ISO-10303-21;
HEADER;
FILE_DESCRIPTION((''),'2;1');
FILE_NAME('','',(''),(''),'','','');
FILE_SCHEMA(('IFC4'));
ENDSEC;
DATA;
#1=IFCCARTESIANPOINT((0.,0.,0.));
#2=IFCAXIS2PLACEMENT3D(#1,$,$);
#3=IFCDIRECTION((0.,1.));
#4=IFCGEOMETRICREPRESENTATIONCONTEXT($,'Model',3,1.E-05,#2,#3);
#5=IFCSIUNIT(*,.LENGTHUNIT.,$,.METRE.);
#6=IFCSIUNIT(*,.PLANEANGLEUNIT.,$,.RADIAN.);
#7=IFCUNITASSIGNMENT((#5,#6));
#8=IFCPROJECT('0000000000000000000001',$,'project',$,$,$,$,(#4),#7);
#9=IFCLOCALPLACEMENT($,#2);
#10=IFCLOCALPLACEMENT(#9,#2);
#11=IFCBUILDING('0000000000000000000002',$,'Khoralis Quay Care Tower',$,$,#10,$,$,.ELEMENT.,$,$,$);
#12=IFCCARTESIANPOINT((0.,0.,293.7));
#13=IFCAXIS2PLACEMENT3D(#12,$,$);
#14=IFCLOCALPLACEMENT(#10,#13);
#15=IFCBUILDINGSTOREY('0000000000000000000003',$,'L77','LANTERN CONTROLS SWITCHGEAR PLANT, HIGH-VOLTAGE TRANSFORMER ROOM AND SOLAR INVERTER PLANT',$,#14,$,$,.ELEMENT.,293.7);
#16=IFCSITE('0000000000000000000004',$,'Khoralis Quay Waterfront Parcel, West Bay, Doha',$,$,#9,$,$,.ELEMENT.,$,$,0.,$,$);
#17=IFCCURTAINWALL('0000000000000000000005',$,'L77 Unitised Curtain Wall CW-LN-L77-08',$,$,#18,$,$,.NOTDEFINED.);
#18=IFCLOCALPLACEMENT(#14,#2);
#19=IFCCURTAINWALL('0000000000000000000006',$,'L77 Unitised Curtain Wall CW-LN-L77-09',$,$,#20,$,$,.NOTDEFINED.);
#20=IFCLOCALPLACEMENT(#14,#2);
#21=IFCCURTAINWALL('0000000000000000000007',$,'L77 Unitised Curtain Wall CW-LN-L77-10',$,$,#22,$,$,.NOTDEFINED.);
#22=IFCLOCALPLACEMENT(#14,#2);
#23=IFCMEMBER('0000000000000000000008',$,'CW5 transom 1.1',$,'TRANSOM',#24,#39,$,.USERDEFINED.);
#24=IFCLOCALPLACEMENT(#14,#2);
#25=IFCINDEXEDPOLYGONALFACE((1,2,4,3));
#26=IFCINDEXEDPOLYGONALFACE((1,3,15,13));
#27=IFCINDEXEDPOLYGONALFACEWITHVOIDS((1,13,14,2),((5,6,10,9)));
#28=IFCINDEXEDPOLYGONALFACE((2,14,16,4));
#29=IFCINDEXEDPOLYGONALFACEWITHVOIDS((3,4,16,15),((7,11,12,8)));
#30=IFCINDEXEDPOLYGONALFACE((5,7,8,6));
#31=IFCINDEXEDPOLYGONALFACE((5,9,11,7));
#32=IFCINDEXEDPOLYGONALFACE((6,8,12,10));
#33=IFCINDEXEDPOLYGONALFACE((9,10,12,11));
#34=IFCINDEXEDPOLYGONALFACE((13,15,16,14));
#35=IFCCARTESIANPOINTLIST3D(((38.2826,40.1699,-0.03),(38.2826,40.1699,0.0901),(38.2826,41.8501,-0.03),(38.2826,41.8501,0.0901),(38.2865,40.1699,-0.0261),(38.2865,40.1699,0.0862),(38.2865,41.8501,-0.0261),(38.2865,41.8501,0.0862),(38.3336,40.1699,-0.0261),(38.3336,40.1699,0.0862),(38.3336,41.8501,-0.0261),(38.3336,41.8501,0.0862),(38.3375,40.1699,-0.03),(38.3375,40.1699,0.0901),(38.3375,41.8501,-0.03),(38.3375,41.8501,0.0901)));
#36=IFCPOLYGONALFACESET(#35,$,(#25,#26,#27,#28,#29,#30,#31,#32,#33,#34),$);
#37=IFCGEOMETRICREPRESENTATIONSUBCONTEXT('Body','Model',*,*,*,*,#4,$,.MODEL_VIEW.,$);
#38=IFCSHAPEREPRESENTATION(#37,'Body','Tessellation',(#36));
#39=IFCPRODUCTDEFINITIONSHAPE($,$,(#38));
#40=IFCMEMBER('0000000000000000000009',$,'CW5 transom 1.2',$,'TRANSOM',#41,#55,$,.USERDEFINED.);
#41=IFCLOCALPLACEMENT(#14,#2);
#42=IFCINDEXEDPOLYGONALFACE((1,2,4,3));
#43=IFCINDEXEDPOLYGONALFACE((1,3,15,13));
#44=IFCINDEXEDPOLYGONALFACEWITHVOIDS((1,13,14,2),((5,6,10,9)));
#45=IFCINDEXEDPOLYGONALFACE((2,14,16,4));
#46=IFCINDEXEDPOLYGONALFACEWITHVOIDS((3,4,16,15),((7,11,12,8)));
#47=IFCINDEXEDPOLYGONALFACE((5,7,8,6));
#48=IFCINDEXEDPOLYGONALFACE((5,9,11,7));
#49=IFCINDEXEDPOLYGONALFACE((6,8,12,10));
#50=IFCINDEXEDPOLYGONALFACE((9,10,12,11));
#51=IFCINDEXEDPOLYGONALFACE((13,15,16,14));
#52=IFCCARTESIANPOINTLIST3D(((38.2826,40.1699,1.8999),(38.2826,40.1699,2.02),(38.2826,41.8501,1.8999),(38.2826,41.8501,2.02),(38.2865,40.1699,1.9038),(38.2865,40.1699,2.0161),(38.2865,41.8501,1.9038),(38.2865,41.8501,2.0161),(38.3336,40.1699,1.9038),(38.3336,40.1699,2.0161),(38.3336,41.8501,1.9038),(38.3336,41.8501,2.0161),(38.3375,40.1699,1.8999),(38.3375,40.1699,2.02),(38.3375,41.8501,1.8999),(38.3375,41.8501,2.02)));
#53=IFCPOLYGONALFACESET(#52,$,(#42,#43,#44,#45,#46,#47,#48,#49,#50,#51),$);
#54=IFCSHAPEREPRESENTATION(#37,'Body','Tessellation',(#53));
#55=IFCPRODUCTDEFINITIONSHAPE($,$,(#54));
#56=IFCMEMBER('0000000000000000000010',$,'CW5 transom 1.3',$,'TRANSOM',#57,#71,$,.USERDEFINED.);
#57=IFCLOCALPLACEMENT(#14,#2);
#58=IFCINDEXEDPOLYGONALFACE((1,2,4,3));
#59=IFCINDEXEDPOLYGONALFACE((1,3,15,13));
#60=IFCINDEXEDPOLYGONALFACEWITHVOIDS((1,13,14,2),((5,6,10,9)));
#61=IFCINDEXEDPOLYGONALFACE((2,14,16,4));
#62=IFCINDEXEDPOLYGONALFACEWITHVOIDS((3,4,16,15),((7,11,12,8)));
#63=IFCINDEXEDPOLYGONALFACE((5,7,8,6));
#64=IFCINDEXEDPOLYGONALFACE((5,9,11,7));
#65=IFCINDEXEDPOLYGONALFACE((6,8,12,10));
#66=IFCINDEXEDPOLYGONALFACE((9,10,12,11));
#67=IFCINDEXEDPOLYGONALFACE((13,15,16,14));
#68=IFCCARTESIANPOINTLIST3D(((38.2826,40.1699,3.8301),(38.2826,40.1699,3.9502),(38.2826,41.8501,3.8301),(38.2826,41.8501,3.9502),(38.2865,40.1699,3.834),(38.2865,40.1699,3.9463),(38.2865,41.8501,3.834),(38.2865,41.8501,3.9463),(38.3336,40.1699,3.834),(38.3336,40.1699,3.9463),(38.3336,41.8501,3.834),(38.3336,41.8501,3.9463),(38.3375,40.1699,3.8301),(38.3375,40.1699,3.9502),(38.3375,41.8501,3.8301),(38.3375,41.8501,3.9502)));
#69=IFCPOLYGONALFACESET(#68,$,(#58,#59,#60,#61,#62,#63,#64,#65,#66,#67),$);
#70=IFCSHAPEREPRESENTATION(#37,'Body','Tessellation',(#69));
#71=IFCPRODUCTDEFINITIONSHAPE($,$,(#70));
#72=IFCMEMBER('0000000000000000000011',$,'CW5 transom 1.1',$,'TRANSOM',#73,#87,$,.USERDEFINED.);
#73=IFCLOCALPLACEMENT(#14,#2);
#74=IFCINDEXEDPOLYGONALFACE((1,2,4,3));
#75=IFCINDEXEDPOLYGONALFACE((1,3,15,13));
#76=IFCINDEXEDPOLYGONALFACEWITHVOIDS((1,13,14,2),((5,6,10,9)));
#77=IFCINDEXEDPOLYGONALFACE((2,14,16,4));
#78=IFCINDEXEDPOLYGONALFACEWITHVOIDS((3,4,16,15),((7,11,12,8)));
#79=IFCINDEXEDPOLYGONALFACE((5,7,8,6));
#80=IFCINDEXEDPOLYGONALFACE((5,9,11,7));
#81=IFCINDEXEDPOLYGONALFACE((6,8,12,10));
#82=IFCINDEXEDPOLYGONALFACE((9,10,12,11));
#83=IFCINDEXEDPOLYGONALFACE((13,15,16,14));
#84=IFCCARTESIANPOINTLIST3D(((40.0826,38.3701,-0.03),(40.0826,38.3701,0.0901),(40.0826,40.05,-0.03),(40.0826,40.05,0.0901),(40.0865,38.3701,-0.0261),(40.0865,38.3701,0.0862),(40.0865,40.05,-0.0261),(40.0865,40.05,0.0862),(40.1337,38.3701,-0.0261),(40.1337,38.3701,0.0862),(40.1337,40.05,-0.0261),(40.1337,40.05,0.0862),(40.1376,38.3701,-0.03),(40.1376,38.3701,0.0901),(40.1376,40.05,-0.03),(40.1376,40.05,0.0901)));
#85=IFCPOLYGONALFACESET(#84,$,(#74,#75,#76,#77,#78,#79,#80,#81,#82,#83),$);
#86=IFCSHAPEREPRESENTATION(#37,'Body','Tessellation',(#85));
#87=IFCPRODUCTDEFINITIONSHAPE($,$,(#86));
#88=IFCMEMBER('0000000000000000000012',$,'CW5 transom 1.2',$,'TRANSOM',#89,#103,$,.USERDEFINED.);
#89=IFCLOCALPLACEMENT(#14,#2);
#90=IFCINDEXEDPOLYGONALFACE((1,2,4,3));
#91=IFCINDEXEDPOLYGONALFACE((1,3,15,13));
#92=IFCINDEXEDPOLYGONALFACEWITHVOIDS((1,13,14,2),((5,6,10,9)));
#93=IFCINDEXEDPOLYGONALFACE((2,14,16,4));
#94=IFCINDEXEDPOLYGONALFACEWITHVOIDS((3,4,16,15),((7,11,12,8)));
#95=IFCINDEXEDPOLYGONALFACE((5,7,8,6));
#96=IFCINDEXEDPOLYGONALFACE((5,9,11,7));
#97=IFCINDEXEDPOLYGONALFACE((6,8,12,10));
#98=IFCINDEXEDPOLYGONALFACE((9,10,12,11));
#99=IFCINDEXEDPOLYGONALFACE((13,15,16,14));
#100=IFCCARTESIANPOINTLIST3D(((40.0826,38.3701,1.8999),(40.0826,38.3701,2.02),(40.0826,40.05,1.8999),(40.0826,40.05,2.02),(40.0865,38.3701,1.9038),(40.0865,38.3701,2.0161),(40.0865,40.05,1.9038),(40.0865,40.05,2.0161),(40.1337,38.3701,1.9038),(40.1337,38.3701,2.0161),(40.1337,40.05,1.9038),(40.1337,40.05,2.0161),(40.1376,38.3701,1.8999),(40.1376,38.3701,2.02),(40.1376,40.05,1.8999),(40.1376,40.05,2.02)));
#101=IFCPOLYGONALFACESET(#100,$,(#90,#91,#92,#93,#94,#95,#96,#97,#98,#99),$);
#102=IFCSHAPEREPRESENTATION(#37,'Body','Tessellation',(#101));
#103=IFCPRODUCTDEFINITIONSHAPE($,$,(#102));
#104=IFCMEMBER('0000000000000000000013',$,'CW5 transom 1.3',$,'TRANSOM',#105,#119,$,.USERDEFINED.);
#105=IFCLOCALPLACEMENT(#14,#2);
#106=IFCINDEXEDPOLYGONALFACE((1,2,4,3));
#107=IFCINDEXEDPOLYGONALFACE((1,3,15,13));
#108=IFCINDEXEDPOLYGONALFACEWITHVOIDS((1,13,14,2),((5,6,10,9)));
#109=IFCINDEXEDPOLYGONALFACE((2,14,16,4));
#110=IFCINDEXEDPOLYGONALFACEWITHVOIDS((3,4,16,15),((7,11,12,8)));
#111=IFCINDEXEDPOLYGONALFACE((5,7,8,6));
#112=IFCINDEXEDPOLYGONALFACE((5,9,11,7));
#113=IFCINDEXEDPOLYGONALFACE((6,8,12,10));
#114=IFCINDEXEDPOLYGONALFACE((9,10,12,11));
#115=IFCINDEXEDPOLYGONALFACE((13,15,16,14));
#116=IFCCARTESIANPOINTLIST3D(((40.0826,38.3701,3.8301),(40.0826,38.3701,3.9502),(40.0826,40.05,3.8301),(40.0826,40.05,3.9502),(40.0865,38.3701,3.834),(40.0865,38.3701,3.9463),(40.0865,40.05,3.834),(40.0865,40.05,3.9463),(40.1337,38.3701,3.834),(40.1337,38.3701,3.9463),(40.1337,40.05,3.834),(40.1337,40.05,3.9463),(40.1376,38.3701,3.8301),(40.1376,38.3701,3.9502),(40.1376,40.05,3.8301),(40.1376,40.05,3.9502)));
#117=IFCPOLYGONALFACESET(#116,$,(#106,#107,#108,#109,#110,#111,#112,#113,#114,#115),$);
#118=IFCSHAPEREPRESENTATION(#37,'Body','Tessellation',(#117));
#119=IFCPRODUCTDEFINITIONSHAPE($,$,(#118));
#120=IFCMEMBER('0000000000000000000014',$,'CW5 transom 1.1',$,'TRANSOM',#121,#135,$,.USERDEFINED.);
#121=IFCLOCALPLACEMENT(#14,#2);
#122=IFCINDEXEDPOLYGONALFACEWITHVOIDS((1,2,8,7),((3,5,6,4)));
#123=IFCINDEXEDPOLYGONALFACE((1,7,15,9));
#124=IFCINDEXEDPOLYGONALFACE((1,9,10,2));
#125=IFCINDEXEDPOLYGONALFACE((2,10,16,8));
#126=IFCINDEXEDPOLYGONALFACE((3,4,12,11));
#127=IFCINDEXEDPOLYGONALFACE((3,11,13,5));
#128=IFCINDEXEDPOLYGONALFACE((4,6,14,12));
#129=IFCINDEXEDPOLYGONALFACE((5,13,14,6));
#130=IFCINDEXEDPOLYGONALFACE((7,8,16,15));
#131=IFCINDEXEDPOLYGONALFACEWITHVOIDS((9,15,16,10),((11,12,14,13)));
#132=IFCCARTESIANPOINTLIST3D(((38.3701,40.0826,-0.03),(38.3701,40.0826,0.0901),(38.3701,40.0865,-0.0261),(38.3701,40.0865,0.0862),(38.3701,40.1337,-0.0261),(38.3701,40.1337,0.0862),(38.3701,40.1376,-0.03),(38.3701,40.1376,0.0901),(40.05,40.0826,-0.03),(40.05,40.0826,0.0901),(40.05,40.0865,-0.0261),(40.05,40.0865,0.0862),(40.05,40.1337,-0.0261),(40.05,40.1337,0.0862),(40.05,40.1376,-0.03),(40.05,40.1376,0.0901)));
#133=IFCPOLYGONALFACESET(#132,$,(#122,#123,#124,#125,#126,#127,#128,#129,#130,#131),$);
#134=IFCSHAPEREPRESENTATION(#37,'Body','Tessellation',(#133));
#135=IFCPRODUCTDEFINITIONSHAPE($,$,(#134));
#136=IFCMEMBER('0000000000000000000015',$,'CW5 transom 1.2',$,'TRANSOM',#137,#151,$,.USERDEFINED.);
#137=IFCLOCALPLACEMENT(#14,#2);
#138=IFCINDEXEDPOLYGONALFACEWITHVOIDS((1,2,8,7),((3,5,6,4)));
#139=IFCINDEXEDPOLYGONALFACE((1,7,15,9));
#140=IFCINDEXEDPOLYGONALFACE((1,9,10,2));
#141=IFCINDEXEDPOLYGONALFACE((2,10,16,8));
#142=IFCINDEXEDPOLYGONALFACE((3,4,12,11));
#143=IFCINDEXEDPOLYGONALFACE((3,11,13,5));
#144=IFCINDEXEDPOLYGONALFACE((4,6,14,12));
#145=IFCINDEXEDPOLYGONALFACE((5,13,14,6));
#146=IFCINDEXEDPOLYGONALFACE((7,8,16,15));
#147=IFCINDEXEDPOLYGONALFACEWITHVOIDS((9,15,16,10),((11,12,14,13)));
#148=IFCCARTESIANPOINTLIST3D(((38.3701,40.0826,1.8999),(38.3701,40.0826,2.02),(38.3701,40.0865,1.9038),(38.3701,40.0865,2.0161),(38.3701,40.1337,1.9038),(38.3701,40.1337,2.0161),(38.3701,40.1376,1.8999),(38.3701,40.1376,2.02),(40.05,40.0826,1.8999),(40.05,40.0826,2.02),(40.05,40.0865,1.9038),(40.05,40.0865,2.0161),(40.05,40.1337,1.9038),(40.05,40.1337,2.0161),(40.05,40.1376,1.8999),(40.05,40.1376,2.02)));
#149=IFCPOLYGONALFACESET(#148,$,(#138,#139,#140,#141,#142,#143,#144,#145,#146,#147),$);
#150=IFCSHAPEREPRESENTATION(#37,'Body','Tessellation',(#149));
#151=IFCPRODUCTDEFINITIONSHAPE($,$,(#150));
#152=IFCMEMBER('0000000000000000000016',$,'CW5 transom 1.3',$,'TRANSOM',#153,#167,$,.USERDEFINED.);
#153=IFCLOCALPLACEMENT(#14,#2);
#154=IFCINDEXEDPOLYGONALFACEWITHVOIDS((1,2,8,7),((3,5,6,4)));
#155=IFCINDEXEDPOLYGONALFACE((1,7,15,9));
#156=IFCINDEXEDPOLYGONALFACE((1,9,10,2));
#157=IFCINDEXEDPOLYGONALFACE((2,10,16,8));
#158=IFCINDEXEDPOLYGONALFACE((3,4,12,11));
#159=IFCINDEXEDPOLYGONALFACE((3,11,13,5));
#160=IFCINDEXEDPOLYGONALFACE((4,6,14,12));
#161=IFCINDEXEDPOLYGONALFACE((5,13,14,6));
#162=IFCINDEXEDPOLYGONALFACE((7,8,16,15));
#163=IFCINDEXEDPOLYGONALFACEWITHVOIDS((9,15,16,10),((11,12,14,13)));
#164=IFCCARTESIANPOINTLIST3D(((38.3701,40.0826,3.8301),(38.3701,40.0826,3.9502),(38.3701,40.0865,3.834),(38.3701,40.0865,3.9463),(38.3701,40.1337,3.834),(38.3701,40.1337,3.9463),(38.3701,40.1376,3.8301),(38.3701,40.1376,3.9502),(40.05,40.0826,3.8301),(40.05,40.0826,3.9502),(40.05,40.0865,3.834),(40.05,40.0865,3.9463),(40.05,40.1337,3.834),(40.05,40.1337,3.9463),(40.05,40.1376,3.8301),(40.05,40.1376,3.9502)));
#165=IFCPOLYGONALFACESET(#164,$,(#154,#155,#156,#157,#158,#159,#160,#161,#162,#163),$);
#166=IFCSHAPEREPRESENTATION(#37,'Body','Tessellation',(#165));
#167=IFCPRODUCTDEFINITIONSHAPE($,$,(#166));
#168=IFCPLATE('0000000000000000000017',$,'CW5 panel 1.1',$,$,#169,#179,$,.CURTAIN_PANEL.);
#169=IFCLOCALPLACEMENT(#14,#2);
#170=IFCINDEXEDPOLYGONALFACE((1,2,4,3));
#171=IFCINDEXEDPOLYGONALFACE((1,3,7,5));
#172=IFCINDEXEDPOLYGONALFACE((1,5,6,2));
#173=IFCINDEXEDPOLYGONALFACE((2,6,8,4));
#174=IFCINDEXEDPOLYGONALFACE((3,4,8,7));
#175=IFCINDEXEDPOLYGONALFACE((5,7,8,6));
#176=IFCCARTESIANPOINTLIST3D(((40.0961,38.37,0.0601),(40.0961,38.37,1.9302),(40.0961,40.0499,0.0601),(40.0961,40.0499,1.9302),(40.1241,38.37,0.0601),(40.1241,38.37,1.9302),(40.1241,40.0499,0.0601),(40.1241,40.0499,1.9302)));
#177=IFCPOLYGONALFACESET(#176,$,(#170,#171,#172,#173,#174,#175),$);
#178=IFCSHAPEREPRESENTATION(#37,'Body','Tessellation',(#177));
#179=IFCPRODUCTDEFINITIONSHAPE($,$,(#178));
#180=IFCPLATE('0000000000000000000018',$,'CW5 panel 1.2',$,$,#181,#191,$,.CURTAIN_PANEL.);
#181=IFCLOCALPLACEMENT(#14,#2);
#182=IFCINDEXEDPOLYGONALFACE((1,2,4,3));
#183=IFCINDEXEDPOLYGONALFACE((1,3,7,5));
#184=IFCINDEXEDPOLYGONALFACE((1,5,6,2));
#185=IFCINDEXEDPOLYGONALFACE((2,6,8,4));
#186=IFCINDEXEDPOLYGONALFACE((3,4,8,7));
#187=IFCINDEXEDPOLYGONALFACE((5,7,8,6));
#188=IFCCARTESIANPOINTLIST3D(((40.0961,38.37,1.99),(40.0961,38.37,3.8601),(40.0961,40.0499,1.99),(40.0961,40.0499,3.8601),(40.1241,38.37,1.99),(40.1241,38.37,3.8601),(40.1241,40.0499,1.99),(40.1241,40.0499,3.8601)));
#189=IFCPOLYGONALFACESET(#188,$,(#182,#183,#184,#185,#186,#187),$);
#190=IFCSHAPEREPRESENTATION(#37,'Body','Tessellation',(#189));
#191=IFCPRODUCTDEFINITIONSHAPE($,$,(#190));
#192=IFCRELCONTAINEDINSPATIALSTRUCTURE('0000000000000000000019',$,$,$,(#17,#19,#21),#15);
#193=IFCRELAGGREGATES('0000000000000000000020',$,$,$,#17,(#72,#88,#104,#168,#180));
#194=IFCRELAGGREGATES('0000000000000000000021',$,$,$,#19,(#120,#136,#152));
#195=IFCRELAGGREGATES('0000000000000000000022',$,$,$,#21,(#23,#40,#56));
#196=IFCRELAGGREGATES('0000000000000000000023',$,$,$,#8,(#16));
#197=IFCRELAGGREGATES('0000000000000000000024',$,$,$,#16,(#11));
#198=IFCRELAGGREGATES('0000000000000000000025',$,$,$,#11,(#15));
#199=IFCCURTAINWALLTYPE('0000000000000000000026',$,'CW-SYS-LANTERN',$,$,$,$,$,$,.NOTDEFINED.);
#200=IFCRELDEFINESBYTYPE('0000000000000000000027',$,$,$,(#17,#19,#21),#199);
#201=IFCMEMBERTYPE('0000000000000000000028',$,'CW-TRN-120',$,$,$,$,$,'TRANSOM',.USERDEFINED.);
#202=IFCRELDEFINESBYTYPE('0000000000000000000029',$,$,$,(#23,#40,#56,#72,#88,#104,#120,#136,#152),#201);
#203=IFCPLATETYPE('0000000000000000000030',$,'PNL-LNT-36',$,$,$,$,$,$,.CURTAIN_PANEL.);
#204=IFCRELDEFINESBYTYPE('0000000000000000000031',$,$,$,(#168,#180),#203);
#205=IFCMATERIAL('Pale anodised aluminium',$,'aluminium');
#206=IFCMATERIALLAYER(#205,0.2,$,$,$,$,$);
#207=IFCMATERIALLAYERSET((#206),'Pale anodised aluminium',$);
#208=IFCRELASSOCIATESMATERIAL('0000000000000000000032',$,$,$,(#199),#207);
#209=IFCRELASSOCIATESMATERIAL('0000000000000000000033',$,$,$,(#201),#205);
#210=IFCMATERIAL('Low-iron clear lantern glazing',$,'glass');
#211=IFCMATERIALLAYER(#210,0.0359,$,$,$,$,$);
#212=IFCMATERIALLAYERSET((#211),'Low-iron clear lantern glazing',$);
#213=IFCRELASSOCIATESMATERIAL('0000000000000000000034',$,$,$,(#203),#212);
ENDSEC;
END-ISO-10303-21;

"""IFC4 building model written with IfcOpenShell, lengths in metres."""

from ifc_helpers import new_model, si_unit, direction, frame, origin, origin_2d, place, context, subcontext, project, spatial, rectangle, hollow_rectangle, extrude, source, transform, mapped, material, layer, layer_set, material_profile, profile_set, type_object, element, aggregate, save


model = new_model("IFC4")

# Units and contexts
model_context = context("Model", 3, precision=1e-05, world=origin(), true_north=direction((0.0, 1.0)))
body_context = subcontext(model_context, "Body", "Model", "MODEL_VIEW")
ifc_project = project(units=[si_unit("LENGTHUNIT", "METRE"), si_unit("PLANEANGLEUNIT", "RADIAN")], contexts=[model_context])

# Site, building, storey
site_placement = place(None, origin())
site = spatial("IfcSite", under=ifc_project, at=site_placement, Name="Khoralis Quay Waterfront Parcel, West Bay, Doha", CompositionType="ELEMENT", RefElevation=0.0)
building_placement = place(site_placement, origin())
building = spatial("IfcBuilding", under=site, at=building_placement, Name="Khoralis Quay Care Tower", CompositionType="ELEMENT")
storey_placement = place(building_placement, frame((0.0, 0.0, 293.7)))
storey = spatial("IfcBuildingStorey", under=building, at=storey_placement, Name="L77", Description="LANTERN CONTROLS SWITCHGEAR PLANT, HIGH-VOLTAGE TRANSFORMER ROOM AND SOLAR INVERTER PLANT", CompositionType="ELEMENT", Elevation=293.7)

# Shared definitions
ifc_material_1 = material(Name="Pale anodised aluminium", Category="aluminium")
ifc_layer_1 = layer(ifc_material_1, 0.2)
ifc_layer_set_1 = layer_set([ifc_layer_1], Name="Pale anodised aluminium")
curtain_wall_type = type_object("IfcCurtainWallType", Name="CW-SYS-LANTERN", PredefinedType="NOTDEFINED", material=ifc_layer_set_1)

# Curtain walls
curtain_wall_1_placement = place(storey_placement, origin())
curtain_wall_1 = element("IfcCurtainWall", 1, at=curtain_wall_1_placement, inside=storey, type_object=curtain_wall_type, Name="L77 Unitised Curtain Wall CW-LN-L77-08", PredefinedType="NOTDEFINED")
curtain_wall_2_placement = place(storey_placement, origin())
curtain_wall_2 = element("IfcCurtainWall", 2, at=curtain_wall_2_placement, inside=storey, type_object=curtain_wall_type, Name="L77 Unitised Curtain Wall CW-LN-L77-09", PredefinedType="NOTDEFINED")
curtain_wall_3_placement = place(storey_placement, origin())
curtain_wall_3 = element("IfcCurtainWall", 3, at=curtain_wall_3_placement, inside=storey, type_object=curtain_wall_type, Name="L77 Unitised Curtain Wall CW-LN-L77-10", PredefinedType="NOTDEFINED")

# Members
ifc_material_profile_1 = material_profile(ifc_material_1, hollow_rectangle(XDim=0.0549, YDim=0.1201, WallThickness=0.0039, at=origin_2d()), Name="Pale anodised aluminium")
ifc_profile_set_1 = profile_set([ifc_material_profile_1], Name="Pale anodised aluminium")
member_type_1 = type_object("IfcMemberType", Name="CW-TRN-120", ElementType="TRANSOM", PredefinedType="USERDEFINED", material=ifc_profile_set_1)
shared_shape_1 = source(origin(), body_context, "Body", "SweptSolid", [
    extrude(hollow_rectangle(XDim=0.0549, YDim=0.1201, WallThickness=0.0039, at=origin_2d()), origin(), (0.0, 0.0, 1.0), 1.6802),
])
member_1_placement = place(storey_placement, frame((38.3101, 40.1699, 0.03), z_axis=(0.0, 1.0, 0.0), x_axis=(-1.0, 0.0, 0.0)))
member_1 = element("IfcMember", 4, at=member_1_placement, type_object=member_type_1, Name="CW5 transom 1.1", ObjectType="TRANSOM", PredefinedType="USERDEFINED", context=body_context, shape_type="MappedRepresentation", body=[
    mapped(shared_shape_1, transform((0.0, 0.0, 0.0), scale=1.0)),
])
member_2_placement = place(storey_placement, frame((38.3101, 40.1699, 1.96), z_axis=(0.0, 1.0, 0.0), x_axis=(-1.0, 0.0, 0.0)))
member_2 = element("IfcMember", 5, at=member_2_placement, type_object=member_type_1, Name="CW5 transom 1.2", ObjectType="TRANSOM", PredefinedType="USERDEFINED", context=body_context, shape_type="MappedRepresentation", body=[
    mapped(shared_shape_1, transform((0.0, 0.0, 0.0), scale=1.0)),
])
member_3_placement = place(storey_placement, frame((38.3101, 40.1699, 3.8901), z_axis=(0.0, 1.0, 0.0), x_axis=(-1.0, 0.0, 0.0)))
member_3 = element("IfcMember", 6, at=member_3_placement, type_object=member_type_1, Name="CW5 transom 1.3", ObjectType="TRANSOM", PredefinedType="USERDEFINED", context=body_context, shape_type="MappedRepresentation", body=[
    mapped(shared_shape_1, transform((0.0, 0.0, 0.0), scale=1.0)),
])
shared_shape_2 = source(origin(), body_context, "Body", "SweptSolid", [
    extrude(hollow_rectangle(XDim=0.0549, YDim=0.1201, WallThickness=0.0039, at=origin_2d()), origin(), (0.0, 0.0, 1.0), 1.6799),
])
member_4_placement = place(storey_placement, frame((40.1101, 38.3701, 0.03), z_axis=(0.0, 1.0, 0.0), x_axis=(-1.0, 0.0, 0.0)))
member_4 = element("IfcMember", 7, at=member_4_placement, type_object=member_type_1, Name="CW5 transom 1.1", ObjectType="TRANSOM", PredefinedType="USERDEFINED", context=body_context, shape_type="MappedRepresentation", body=[
    mapped(shared_shape_2, transform((0.0, 0.0, 0.0), scale=1.0)),
])
member_5_placement = place(storey_placement, frame((40.1101, 38.3701, 1.96), z_axis=(0.0, 1.0, 0.0), x_axis=(-1.0, 0.0, 0.0)))
member_5 = element("IfcMember", 8, at=member_5_placement, type_object=member_type_1, Name="CW5 transom 1.2", ObjectType="TRANSOM", PredefinedType="USERDEFINED", context=body_context, shape_type="MappedRepresentation", body=[
    mapped(shared_shape_2, transform((0.0, 0.0, 0.0), scale=1.0)),
])
member_6_placement = place(storey_placement, frame((40.1101, 38.3701, 3.8901), z_axis=(0.0, 1.0, 0.0), x_axis=(-1.0, 0.0, 0.0)))
member_6 = element("IfcMember", 9, at=member_6_placement, type_object=member_type_1, Name="CW5 transom 1.3", ObjectType="TRANSOM", PredefinedType="USERDEFINED", context=body_context, shape_type="MappedRepresentation", body=[
    mapped(shared_shape_2, transform((0.0, 0.0, 0.0), scale=1.0)),
])
member_7_placement = place(storey_placement, frame((40.05, 40.1101, 0.03), z_axis=(-1.0, 0.0, 0.0), x_axis=(0.0, -1.0, 0.0)))
member_7 = element("IfcMember", 10, at=member_7_placement, type_object=member_type_1, Name="CW5 transom 1.1", ObjectType="TRANSOM", PredefinedType="USERDEFINED", context=body_context, shape_type="MappedRepresentation", body=[
    mapped(shared_shape_2, transform((0.0, 0.0, 0.0), scale=1.0)),
])
member_8_placement = place(storey_placement, frame((40.05, 40.1101, 1.96), z_axis=(-1.0, 0.0, 0.0), x_axis=(0.0, -1.0, 0.0)))
member_8 = element("IfcMember", 11, at=member_8_placement, type_object=member_type_1, Name="CW5 transom 1.2", ObjectType="TRANSOM", PredefinedType="USERDEFINED", context=body_context, shape_type="MappedRepresentation", body=[
    mapped(shared_shape_2, transform((0.0, 0.0, 0.0), scale=1.0)),
])
member_9_placement = place(storey_placement, frame((40.05, 40.1101, 3.8901), z_axis=(-1.0, 0.0, 0.0), x_axis=(0.0, -1.0, 0.0)))
member_9 = element("IfcMember", 12, at=member_9_placement, type_object=member_type_1, Name="CW5 transom 1.3", ObjectType="TRANSOM", PredefinedType="USERDEFINED", context=body_context, shape_type="MappedRepresentation", body=[
    mapped(shared_shape_2, transform((0.0, 0.0, 0.0), scale=1.0)),
])

# Plates
ifc_material_2 = material(Name="Low-iron clear lantern glazing", Category="glass")
ifc_layer_2 = layer(ifc_material_2, 0.0359)
ifc_layer_set_2 = layer_set([ifc_layer_2], Name="Low-iron clear lantern glazing")
plate_type = type_object("IfcPlateType", Name="PNL-LNT-36", PredefinedType="CURTAIN_PANEL", material=ifc_layer_set_2)
shared_shape_3 = source(origin(), body_context, "Body", "SweptSolid", [
    extrude(rectangle(XDim=1.6799, YDim=0.0281, at=origin_2d()), origin(), (0.0, 0.0, 1.0), 1.8701),
])
plate_1_placement = place(storey_placement, frame((40.1101, 39.21, 0.0601), z_axis=(0.0, 0.0, 1.0), x_axis=(0.0, 1.0, 0.0)))
plate_1 = element("IfcPlate", 13, at=plate_1_placement, type_object=plate_type, Name="CW5 panel 1.1", PredefinedType="CURTAIN_PANEL", context=body_context, shape_type="MappedRepresentation", body=[
    mapped(shared_shape_3, transform((0.0, 0.0, 0.0), scale=1.0)),
])
plate_2_placement = place(storey_placement, frame((40.1101, 39.21, 1.99), z_axis=(0.0, 0.0, 1.0), x_axis=(0.0, 1.0, 0.0)))
plate_2 = element("IfcPlate", 14, at=plate_2_placement, type_object=plate_type, Name="CW5 panel 1.2", PredefinedType="CURTAIN_PANEL", context=body_context, shape_type="MappedRepresentation", body=[
    mapped(shared_shape_3, transform((0.0, 0.0, 0.0), scale=1.0)),
])
aggregate(curtain_wall_1, [member_4, member_5, member_6, plate_1, plate_2])
aggregate(curtain_wall_2, [member_7, member_8, member_9])
aggregate(curtain_wall_3, [member_1, member_2, member_3])

save(model, "model.ifc")
